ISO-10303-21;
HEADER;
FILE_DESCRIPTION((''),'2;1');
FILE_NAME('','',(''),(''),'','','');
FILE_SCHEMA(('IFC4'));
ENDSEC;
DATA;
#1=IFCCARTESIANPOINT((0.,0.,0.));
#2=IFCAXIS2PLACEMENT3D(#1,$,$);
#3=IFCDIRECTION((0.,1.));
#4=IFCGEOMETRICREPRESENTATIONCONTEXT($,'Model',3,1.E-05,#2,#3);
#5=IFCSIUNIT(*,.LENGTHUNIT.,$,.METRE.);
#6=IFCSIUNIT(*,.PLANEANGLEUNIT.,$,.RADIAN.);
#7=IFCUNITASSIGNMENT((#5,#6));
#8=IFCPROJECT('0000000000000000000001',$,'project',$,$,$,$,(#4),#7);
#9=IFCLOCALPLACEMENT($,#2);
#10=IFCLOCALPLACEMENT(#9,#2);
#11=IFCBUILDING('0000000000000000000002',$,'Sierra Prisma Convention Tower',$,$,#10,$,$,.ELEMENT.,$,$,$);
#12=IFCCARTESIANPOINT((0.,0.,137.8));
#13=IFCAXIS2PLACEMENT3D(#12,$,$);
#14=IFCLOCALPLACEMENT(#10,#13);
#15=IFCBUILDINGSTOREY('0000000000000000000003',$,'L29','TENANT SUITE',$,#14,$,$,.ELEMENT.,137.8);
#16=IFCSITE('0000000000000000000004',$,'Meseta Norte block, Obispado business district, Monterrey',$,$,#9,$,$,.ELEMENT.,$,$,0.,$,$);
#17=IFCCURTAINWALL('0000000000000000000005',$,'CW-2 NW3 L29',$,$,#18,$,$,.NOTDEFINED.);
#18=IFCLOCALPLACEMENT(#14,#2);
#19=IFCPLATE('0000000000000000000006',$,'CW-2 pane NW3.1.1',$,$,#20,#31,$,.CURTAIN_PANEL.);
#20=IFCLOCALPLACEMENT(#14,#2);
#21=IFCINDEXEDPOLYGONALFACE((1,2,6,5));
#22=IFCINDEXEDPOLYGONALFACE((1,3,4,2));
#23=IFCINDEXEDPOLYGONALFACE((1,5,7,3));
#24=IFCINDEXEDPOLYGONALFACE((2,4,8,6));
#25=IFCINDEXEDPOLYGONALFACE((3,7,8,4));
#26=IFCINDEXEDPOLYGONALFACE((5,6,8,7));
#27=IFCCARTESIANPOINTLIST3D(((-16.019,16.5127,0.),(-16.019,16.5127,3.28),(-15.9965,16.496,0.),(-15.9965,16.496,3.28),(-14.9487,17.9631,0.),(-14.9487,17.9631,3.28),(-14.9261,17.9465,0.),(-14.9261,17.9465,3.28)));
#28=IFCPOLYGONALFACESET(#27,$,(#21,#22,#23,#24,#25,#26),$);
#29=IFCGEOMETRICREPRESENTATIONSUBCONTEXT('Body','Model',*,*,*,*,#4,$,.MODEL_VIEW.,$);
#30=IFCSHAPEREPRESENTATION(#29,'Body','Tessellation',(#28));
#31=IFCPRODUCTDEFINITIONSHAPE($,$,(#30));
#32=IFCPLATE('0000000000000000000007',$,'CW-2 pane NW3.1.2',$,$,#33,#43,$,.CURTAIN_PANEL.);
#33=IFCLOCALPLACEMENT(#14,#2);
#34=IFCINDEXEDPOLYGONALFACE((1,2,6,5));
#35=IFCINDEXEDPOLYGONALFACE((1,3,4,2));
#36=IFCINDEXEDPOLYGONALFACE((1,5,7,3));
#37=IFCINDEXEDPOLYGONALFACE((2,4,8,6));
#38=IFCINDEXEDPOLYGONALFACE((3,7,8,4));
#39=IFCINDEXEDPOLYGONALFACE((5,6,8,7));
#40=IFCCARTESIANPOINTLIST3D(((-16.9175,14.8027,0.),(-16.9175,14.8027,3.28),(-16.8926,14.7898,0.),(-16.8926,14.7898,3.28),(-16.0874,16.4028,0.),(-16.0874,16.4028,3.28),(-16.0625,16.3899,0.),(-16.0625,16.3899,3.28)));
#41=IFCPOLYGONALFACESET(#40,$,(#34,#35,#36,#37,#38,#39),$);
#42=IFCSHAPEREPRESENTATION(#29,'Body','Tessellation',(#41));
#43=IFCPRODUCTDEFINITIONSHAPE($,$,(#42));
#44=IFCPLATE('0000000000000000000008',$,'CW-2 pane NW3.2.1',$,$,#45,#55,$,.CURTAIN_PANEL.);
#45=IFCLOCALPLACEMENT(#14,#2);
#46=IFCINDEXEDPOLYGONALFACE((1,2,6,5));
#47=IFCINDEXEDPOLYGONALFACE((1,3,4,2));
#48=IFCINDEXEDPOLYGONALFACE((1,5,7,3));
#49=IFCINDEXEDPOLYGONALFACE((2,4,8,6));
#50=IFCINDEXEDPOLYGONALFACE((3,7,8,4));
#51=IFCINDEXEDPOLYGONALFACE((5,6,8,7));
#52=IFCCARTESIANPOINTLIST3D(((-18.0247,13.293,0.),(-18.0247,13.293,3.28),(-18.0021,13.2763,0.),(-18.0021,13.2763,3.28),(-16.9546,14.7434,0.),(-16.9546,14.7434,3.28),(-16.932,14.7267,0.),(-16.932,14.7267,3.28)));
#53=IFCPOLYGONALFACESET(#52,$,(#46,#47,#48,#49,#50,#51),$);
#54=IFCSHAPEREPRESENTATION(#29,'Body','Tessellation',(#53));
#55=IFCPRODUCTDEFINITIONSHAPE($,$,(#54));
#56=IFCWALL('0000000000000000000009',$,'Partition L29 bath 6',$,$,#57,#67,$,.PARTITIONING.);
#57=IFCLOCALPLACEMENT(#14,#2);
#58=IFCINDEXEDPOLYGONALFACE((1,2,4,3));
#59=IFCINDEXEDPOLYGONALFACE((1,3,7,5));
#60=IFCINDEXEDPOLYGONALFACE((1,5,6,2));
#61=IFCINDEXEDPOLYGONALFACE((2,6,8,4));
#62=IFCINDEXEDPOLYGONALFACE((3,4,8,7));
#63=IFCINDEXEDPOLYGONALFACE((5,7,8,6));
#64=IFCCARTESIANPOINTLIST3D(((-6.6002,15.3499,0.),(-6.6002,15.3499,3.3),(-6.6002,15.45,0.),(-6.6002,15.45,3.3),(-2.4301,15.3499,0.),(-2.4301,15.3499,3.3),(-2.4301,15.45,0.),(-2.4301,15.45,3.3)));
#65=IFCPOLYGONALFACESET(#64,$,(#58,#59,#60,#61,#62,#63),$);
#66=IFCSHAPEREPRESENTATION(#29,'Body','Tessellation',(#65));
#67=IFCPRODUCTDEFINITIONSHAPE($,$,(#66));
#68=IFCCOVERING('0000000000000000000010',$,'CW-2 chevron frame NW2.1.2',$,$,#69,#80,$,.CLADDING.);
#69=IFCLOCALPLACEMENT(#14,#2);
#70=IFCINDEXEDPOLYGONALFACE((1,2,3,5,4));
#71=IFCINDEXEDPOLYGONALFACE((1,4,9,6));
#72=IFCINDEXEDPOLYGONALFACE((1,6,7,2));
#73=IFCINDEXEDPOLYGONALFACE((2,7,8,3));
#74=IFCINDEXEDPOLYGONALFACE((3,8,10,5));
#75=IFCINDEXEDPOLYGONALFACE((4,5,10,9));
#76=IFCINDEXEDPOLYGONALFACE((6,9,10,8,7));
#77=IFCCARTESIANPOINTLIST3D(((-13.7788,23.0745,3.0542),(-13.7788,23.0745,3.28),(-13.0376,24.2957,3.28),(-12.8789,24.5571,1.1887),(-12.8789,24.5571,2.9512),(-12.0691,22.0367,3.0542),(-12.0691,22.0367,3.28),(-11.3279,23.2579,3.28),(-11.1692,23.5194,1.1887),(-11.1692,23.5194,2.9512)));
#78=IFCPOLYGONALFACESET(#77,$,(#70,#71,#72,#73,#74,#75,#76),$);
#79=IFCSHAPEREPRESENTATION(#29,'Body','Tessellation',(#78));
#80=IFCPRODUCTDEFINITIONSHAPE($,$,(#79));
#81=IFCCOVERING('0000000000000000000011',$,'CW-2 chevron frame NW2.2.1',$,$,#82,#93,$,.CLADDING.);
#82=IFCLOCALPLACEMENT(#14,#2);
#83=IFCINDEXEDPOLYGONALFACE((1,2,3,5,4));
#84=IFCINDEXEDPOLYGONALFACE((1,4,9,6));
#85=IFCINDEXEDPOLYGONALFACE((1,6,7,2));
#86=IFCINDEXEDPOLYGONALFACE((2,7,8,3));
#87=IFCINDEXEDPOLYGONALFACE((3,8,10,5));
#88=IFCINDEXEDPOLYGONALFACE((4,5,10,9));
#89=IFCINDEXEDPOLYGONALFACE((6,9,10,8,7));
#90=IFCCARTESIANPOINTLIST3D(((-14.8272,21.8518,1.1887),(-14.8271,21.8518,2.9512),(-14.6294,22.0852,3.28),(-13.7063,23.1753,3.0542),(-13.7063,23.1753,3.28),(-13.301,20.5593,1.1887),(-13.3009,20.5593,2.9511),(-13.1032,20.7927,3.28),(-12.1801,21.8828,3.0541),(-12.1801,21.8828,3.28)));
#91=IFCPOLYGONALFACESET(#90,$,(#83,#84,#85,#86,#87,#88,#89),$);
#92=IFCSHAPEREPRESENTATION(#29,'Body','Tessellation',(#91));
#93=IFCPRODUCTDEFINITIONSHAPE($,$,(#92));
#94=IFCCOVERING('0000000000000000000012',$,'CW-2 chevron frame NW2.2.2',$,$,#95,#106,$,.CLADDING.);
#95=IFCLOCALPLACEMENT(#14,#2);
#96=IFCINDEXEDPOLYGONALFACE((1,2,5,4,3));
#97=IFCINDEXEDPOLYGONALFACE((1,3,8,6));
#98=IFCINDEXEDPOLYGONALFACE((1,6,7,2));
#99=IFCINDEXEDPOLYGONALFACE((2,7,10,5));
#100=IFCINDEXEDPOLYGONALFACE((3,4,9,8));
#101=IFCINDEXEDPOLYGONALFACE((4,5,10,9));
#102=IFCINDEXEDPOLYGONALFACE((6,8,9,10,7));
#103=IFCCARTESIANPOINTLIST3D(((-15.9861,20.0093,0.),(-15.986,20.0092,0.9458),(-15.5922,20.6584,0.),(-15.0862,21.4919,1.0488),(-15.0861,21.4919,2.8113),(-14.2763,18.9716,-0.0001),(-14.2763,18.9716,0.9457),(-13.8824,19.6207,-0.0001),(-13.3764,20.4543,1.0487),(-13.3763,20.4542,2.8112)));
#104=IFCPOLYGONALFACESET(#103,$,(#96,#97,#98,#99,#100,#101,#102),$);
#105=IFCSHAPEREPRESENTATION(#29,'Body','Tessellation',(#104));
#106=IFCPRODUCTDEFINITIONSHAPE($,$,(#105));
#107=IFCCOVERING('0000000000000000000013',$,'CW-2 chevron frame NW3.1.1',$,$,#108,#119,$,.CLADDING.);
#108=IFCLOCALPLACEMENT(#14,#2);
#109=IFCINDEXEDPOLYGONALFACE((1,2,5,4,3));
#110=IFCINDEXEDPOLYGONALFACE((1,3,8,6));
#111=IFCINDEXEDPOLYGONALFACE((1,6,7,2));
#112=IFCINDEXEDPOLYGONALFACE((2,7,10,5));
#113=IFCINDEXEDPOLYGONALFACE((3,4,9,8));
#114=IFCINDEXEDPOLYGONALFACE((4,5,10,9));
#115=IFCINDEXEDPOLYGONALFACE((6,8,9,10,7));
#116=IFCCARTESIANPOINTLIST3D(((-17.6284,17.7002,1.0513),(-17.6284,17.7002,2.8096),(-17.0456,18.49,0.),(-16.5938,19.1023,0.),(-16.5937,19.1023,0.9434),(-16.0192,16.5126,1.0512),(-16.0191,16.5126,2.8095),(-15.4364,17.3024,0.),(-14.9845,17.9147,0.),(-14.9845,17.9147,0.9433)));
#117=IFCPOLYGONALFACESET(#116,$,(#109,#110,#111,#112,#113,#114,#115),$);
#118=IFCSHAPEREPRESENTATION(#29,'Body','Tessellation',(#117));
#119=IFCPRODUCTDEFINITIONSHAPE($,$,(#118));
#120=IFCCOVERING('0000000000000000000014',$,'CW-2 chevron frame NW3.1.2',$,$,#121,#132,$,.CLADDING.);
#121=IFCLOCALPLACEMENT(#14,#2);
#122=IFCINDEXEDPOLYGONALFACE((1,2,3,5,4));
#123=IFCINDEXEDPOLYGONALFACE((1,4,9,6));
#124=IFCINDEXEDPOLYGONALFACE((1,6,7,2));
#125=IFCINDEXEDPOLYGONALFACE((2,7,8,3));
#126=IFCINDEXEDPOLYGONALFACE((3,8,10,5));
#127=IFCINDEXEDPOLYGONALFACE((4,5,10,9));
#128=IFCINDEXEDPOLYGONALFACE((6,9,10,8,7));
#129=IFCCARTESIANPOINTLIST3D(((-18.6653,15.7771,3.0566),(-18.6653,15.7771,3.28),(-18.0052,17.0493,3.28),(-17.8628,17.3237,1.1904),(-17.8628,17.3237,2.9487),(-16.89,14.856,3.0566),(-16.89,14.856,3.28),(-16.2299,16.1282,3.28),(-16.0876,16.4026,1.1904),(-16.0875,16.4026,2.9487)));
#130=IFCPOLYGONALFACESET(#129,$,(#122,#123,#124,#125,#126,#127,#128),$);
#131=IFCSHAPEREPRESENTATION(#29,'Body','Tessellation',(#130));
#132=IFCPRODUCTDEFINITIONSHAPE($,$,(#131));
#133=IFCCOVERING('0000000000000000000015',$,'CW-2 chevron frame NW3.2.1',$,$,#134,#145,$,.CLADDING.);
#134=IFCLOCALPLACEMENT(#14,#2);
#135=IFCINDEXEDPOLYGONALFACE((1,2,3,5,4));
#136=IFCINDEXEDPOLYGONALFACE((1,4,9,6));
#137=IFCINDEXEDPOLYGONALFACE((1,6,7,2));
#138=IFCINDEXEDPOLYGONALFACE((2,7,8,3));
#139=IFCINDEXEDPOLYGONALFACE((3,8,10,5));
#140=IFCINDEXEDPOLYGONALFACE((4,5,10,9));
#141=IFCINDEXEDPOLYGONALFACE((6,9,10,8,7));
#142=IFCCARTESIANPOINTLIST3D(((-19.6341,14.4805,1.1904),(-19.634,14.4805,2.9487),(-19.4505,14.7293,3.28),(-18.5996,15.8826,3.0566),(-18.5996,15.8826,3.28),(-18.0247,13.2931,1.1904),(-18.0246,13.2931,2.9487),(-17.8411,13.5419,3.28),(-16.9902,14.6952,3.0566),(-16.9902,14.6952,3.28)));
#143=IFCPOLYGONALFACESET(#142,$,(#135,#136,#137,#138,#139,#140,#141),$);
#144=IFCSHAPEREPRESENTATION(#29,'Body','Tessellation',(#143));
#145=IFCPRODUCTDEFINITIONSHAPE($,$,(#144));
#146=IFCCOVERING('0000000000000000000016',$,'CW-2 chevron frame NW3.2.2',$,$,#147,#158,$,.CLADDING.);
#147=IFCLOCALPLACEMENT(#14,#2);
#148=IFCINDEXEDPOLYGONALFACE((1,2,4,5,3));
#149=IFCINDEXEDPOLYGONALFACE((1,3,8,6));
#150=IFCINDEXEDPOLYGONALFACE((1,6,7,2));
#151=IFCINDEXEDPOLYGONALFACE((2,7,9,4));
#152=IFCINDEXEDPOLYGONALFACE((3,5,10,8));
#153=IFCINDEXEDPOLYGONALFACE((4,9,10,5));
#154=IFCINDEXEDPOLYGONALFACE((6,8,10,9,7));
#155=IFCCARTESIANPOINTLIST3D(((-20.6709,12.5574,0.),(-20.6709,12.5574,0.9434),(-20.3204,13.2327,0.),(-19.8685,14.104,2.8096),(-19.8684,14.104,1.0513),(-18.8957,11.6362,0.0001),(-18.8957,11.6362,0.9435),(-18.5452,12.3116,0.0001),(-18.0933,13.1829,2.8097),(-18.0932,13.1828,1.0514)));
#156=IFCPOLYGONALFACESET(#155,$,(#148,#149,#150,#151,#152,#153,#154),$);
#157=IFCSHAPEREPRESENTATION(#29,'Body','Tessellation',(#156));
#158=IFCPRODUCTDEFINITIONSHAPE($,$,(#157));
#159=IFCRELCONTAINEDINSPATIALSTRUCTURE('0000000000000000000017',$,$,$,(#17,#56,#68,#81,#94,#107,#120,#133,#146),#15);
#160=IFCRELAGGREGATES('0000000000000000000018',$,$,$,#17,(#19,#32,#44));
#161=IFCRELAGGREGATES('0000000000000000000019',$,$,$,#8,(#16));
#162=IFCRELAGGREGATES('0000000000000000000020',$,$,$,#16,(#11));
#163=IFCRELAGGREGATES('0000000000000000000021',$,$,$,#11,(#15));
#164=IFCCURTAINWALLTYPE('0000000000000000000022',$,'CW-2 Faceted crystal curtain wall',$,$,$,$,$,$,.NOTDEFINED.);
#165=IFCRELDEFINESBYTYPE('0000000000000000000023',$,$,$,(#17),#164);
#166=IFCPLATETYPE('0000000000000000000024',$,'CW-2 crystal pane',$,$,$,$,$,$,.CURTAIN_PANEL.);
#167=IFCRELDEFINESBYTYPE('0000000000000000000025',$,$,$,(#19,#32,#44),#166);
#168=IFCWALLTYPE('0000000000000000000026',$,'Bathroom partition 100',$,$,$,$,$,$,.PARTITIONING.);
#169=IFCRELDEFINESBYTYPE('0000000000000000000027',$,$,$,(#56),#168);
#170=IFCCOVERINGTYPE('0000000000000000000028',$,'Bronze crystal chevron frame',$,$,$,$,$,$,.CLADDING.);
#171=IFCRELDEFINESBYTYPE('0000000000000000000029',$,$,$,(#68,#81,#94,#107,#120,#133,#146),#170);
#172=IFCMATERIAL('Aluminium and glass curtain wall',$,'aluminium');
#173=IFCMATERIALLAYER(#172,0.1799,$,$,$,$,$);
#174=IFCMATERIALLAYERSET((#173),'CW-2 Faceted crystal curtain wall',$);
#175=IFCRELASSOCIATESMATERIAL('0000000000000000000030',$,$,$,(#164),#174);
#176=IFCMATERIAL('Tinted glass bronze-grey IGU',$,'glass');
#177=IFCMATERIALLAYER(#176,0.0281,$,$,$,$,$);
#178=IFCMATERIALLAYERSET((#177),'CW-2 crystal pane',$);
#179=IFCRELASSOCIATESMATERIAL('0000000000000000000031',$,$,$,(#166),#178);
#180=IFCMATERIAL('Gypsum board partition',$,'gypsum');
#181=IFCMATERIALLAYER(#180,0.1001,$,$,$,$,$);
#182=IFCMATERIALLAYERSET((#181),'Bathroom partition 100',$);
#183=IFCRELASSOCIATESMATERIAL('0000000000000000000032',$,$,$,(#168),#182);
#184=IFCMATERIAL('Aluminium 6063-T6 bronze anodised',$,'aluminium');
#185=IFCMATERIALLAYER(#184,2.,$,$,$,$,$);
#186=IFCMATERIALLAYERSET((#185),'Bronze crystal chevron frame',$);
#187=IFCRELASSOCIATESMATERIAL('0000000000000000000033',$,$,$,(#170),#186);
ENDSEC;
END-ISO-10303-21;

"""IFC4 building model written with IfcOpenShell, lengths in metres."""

from ifc_helpers import new_model, si_unit, direction, frame, frame_2d, origin, place, context, subcontext, project, spatial, polyline, rectangle, outline, extrude, material, layer, layer_set, type_object, element, aggregate, save


model = new_model("IFC4")

# Units and contexts
model_context = context("Model", 3, precision=1e-05, world=origin(), true_north=direction((0.0, 1.0)))
body_context = subcontext(model_context, "Body", "Model", "MODEL_VIEW")
ifc_project = project(units=[si_unit("LENGTHUNIT", "METRE"), si_unit("PLANEANGLEUNIT", "RADIAN")], contexts=[model_context])

# Site, building, storey
site_placement = place(None, origin())
site = spatial("IfcSite", under=ifc_project, at=site_placement, Name="Meseta Norte block, Obispado business district, Monterrey", CompositionType="ELEMENT", RefElevation=0.0)
building_placement = place(site_placement, origin())
building = spatial("IfcBuilding", under=site, at=building_placement, Name="Sierra Prisma Convention Tower", CompositionType="ELEMENT")
storey_placement = place(building_placement, frame((0.0, 0.0, 137.8)))
storey = spatial("IfcBuildingStorey", under=building, at=storey_placement, Name="L29", Description="TENANT SUITE", CompositionType="ELEMENT", Elevation=137.8)

# Curtain wall
ifc_material_1 = material(Name="Aluminium and glass curtain wall", Category="aluminium")
ifc_layer_1 = layer(ifc_material_1, 0.1799)
ifc_layer_set_1 = layer_set([ifc_layer_1], Name="CW-2 Faceted crystal curtain wall")
curtain_wall_type = type_object("IfcCurtainWallType", Name="CW-2 Faceted crystal curtain wall", PredefinedType="NOTDEFINED", material=ifc_layer_set_1)
curtain_wall_1_placement = place(storey_placement, origin())
curtain_wall_1 = element("IfcCurtainWall", 1, at=curtain_wall_1_placement, inside=storey, type_object=curtain_wall_type, Name="CW-2 NW3 L29", PredefinedType="NOTDEFINED")

# Plates
ifc_material_2 = material(Name="Tinted glass bronze-grey IGU", Category="glass")
ifc_layer_2 = layer(ifc_material_2, 0.0281)
ifc_layer_set_2 = layer_set([ifc_layer_2], Name="CW-2 crystal pane")
plate_type = type_object("IfcPlateType", Name="CW-2 crystal pane", PredefinedType="CURTAIN_PANEL", material=ifc_layer_set_2)
plate_1_placement = place(storey_placement, frame((-14.9487, 17.9631, 0.0), z_axis=(-0.80464, 0.593763, 0.0), x_axis=(-0.593763, -0.80464, 0.0)))
plate_1 = element("IfcPlate", 2, at=plate_1_placement, type_object=plate_type, Name="CW-2 pane NW3.1.1", PredefinedType="CURTAIN_PANEL", context=body_context, shape_type="SweptSolid", body=[
    extrude(outline(polyline([(0.0, 0.0), (1.8026, 0.0), (1.8026, 3.28), (0.0, 3.28), (0.0, 0.0)])), origin(), (0.0, 0.0, -1.0), 0.0281),
])
plate_2_placement = place(storey_placement, frame((-16.9175, 14.8027, 0.0), z_axis=(-0.887664, 0.460491, 0.0), x_axis=(0.460491, 0.887664, 0.0)))
plate_2 = element("IfcPlate", 3, at=plate_2_placement, type_object=plate_type, Name="CW-2 pane NW3.1.2", PredefinedType="CURTAIN_PANEL", context=body_context, shape_type="SweptSolid", body=[
    extrude(outline(polyline([(0.0, 0.0), (1.8026, 0.0), (1.8026, -3.28), (0.0, -3.28), (0.0, 0.0)])), origin(), (0.0, 0.0, -1.0), 0.0281),
])
plate_3_placement = place(storey_placement, frame((-16.9546, 14.7434, 0.0), z_axis=(-0.804705, 0.593675, 0.0), x_axis=(-0.593675, -0.804705, 0.0)))
plate_3 = element("IfcPlate", 4, at=plate_3_placement, type_object=plate_type, Name="CW-2 pane NW3.2.1", PredefinedType="CURTAIN_PANEL", context=body_context, shape_type="SweptSolid", body=[
    extrude(outline(polyline([(0.0, 0.0), (1.8024, 0.0), (1.8024, 3.28), (0.0, 3.28), (0.0, 0.0)])), origin(), (0.0, 0.0, -1.0), 0.0281),
])
aggregate(curtain_wall_1, [plate_1, plate_2, plate_3])

# Wall
ifc_material_3 = material(Name="Gypsum board partition", Category="gypsum")
ifc_layer_3 = layer(ifc_material_3, 0.1001)
ifc_layer_set_3 = layer_set([ifc_layer_3], Name="Bathroom partition 100")
wall_type = type_object("IfcWallType", Name="Bathroom partition 100", PredefinedType="PARTITIONING", material=ifc_layer_set_3)
wall_placement = place(storey_placement, frame((-6.6001, 15.3999, 0.0), z_axis=(0.0, 0.0, 1.0), x_axis=(1.0, 0.0, 0.0)))
element("IfcWall", 5, at=wall_placement, inside=storey, type_object=wall_type, Name="Partition L29 bath 6", PredefinedType="PARTITIONING", context=body_context, shape_type="SweptSolid", body=[
    extrude(rectangle(XDim=4.1702, YDim=0.1001, at=frame_2d((2.085, 0.0))), origin(), (0.0, 0.0, 1.0), 3.3),
])

# Coverings
ifc_material_4 = material(Name="Aluminium 6063-T6 bronze anodised", Category="aluminium")
ifc_layer_4 = layer(ifc_material_4, 2.0)
ifc_layer_set_4 = layer_set([ifc_layer_4], Name="Bronze crystal chevron frame")
covering_type = type_object("IfcCoveringType", Name="Bronze crystal chevron frame", PredefinedType="CLADDING", material=ifc_layer_set_4)
covering_1_placement = place(storey_placement, frame((-12.8789, 24.5571, 2.9512), z_axis=(-0.854861, 0.518858, 0.000004), x_axis=(-0.000003, 0.000002, -1.0)))
element("IfcCovering", 6, at=covering_1_placement, inside=storey, type_object=covering_type, Name="CW-2 chevron frame NW2.1.2", PredefinedType="CLADDING", context=body_context, shape_type="SweptSolid", body=[
    extrude(outline(polyline([(0.0, 0.0), (1.7625, 0.0), (-0.103, 1.7344), (-0.3289, 1.7344), (-0.3289, 0.3059), (0.0, 0.0)])), origin(), (0.0, 0.0, -1.0), 2.0),
])
covering_2_placement = place(storey_placement, frame((-13.7063, 23.1753, 3.28), z_axis=(-0.763112, 0.646266, 0.000031), x_axis=(-0.000023, 0.00002, -1.0)))
element("IfcCovering", 7, at=covering_2_placement, inside=storey, type_object=covering_type, Name="CW-2 chevron frame NW2.2.1", PredefinedType="CLADDING", context=body_context, shape_type="SweptSolid", body=[
    extrude(outline(polyline([(0.0, 0.0), (0.2258, 0.0), (2.0913, 1.7343), (0.3289, 1.7343), (0.0, 1.4284), (0.0, 0.0)])), origin(), (0.0, 0.0, -1.0), 2.0),
])
covering_3_placement = place(storey_placement, frame((-15.9861, 20.0093, 0.0), z_axis=(-0.854879, 0.518827, 0.000058), x_axis=(0.000049, -0.00003, 1.0)))
element("IfcCovering", 8, at=covering_3_placement, inside=storey, type_object=covering_type, Name="CW-2 chevron frame NW2.2.2", PredefinedType="CLADDING", context=body_context, shape_type="SweptSolid", body=[
    extrude(outline(polyline([(0.0, 0.0), (0.9458, 0.0), (2.8113, 1.7344), (1.0488, 1.7344), (0.0, 0.7593), (0.0, 0.0)])), origin(), (0.0, 0.0, -1.0), 2.0),
])
covering_4_placement = place(storey_placement, frame((-16.5938, 19.1023, 0.0), z_axis=(-0.804628, 0.59378, 0.000015), x_axis=(-0.59378, -0.804628, 0.0)))
element("IfcCovering", 9, at=covering_4_placement, inside=storey, type_object=covering_type, Name="CW-2 chevron frame NW3.1.1", PredefinedType="CLADDING", context=body_context, shape_type="SweptSolid", body=[
    extrude(outline(polyline([(0.0, 0.0), (0.761, 0.0), (1.7425, 1.0513), (1.7425, 2.8096), (0.0, 0.9434), (0.0, 0.0)])), origin(), (0.0, 0.0, -1.0), 2.0),
])
covering_5_placement = place(storey_placement, frame((-17.8628, 17.3237, 2.9487), z_axis=(-0.887628, 0.460562, 0.000019), x_axis=(-0.000017, 0.000009, -1.0)))
element("IfcCovering", 10, at=covering_5_placement, inside=storey, type_object=covering_type, Name="CW-2 chevron frame NW3.1.2", PredefinedType="CLADDING", context=body_context, shape_type="SweptSolid", body=[
    extrude(outline(polyline([(0.0, 0.0), (1.7583, 0.0), (-0.1079, 1.7424), (-0.3313, 1.7424), (-0.3313, 0.3091), (0.0, 0.0)])), origin(), (0.0, 0.0, -1.0), 2.0),
])
covering_6_placement = place(storey_placement, frame((-18.5996, 15.8826, 3.28), z_axis=(-0.804702, 0.593679, 0.000019), x_axis=(-0.000015, 0.000011, -1.0)))
element("IfcCovering", 11, at=covering_6_placement, inside=storey, type_object=covering_type, Name="CW-2 chevron frame NW3.2.1", PredefinedType="CLADDING", context=body_context, shape_type="SweptSolid", body=[
    extrude(outline(polyline([(0.0, 0.0), (0.2234, 0.0), (2.0896, 1.7424), (0.3313, 1.7424), (0.0, 1.4332), (0.0, 0.0)])), origin(), (0.0, 0.0, -1.0), 2.0),
])
covering_7_placement = place(storey_placement, frame((-20.6709, 12.5574, 0.0), z_axis=(-0.887614, 0.460589, -0.000056), x_axis=(-0.00005, 0.000026, 1.0)))
element("IfcCovering", 12, at=covering_7_placement, inside=storey, type_object=covering_type, Name="CW-2 chevron frame NW3.2.2", PredefinedType="CLADDING", context=body_context, shape_type="SweptSolid", body=[
    extrude(outline(polyline([(0.0, 0.0), (0.9434, 0.0), (2.8096, 1.7424), (1.0513, 1.7424), (0.0, 0.7609), (0.0, 0.0)])), origin(), (0.0, 0.0, -1.0), 2.0),
])

save(model, "model.ifc")
